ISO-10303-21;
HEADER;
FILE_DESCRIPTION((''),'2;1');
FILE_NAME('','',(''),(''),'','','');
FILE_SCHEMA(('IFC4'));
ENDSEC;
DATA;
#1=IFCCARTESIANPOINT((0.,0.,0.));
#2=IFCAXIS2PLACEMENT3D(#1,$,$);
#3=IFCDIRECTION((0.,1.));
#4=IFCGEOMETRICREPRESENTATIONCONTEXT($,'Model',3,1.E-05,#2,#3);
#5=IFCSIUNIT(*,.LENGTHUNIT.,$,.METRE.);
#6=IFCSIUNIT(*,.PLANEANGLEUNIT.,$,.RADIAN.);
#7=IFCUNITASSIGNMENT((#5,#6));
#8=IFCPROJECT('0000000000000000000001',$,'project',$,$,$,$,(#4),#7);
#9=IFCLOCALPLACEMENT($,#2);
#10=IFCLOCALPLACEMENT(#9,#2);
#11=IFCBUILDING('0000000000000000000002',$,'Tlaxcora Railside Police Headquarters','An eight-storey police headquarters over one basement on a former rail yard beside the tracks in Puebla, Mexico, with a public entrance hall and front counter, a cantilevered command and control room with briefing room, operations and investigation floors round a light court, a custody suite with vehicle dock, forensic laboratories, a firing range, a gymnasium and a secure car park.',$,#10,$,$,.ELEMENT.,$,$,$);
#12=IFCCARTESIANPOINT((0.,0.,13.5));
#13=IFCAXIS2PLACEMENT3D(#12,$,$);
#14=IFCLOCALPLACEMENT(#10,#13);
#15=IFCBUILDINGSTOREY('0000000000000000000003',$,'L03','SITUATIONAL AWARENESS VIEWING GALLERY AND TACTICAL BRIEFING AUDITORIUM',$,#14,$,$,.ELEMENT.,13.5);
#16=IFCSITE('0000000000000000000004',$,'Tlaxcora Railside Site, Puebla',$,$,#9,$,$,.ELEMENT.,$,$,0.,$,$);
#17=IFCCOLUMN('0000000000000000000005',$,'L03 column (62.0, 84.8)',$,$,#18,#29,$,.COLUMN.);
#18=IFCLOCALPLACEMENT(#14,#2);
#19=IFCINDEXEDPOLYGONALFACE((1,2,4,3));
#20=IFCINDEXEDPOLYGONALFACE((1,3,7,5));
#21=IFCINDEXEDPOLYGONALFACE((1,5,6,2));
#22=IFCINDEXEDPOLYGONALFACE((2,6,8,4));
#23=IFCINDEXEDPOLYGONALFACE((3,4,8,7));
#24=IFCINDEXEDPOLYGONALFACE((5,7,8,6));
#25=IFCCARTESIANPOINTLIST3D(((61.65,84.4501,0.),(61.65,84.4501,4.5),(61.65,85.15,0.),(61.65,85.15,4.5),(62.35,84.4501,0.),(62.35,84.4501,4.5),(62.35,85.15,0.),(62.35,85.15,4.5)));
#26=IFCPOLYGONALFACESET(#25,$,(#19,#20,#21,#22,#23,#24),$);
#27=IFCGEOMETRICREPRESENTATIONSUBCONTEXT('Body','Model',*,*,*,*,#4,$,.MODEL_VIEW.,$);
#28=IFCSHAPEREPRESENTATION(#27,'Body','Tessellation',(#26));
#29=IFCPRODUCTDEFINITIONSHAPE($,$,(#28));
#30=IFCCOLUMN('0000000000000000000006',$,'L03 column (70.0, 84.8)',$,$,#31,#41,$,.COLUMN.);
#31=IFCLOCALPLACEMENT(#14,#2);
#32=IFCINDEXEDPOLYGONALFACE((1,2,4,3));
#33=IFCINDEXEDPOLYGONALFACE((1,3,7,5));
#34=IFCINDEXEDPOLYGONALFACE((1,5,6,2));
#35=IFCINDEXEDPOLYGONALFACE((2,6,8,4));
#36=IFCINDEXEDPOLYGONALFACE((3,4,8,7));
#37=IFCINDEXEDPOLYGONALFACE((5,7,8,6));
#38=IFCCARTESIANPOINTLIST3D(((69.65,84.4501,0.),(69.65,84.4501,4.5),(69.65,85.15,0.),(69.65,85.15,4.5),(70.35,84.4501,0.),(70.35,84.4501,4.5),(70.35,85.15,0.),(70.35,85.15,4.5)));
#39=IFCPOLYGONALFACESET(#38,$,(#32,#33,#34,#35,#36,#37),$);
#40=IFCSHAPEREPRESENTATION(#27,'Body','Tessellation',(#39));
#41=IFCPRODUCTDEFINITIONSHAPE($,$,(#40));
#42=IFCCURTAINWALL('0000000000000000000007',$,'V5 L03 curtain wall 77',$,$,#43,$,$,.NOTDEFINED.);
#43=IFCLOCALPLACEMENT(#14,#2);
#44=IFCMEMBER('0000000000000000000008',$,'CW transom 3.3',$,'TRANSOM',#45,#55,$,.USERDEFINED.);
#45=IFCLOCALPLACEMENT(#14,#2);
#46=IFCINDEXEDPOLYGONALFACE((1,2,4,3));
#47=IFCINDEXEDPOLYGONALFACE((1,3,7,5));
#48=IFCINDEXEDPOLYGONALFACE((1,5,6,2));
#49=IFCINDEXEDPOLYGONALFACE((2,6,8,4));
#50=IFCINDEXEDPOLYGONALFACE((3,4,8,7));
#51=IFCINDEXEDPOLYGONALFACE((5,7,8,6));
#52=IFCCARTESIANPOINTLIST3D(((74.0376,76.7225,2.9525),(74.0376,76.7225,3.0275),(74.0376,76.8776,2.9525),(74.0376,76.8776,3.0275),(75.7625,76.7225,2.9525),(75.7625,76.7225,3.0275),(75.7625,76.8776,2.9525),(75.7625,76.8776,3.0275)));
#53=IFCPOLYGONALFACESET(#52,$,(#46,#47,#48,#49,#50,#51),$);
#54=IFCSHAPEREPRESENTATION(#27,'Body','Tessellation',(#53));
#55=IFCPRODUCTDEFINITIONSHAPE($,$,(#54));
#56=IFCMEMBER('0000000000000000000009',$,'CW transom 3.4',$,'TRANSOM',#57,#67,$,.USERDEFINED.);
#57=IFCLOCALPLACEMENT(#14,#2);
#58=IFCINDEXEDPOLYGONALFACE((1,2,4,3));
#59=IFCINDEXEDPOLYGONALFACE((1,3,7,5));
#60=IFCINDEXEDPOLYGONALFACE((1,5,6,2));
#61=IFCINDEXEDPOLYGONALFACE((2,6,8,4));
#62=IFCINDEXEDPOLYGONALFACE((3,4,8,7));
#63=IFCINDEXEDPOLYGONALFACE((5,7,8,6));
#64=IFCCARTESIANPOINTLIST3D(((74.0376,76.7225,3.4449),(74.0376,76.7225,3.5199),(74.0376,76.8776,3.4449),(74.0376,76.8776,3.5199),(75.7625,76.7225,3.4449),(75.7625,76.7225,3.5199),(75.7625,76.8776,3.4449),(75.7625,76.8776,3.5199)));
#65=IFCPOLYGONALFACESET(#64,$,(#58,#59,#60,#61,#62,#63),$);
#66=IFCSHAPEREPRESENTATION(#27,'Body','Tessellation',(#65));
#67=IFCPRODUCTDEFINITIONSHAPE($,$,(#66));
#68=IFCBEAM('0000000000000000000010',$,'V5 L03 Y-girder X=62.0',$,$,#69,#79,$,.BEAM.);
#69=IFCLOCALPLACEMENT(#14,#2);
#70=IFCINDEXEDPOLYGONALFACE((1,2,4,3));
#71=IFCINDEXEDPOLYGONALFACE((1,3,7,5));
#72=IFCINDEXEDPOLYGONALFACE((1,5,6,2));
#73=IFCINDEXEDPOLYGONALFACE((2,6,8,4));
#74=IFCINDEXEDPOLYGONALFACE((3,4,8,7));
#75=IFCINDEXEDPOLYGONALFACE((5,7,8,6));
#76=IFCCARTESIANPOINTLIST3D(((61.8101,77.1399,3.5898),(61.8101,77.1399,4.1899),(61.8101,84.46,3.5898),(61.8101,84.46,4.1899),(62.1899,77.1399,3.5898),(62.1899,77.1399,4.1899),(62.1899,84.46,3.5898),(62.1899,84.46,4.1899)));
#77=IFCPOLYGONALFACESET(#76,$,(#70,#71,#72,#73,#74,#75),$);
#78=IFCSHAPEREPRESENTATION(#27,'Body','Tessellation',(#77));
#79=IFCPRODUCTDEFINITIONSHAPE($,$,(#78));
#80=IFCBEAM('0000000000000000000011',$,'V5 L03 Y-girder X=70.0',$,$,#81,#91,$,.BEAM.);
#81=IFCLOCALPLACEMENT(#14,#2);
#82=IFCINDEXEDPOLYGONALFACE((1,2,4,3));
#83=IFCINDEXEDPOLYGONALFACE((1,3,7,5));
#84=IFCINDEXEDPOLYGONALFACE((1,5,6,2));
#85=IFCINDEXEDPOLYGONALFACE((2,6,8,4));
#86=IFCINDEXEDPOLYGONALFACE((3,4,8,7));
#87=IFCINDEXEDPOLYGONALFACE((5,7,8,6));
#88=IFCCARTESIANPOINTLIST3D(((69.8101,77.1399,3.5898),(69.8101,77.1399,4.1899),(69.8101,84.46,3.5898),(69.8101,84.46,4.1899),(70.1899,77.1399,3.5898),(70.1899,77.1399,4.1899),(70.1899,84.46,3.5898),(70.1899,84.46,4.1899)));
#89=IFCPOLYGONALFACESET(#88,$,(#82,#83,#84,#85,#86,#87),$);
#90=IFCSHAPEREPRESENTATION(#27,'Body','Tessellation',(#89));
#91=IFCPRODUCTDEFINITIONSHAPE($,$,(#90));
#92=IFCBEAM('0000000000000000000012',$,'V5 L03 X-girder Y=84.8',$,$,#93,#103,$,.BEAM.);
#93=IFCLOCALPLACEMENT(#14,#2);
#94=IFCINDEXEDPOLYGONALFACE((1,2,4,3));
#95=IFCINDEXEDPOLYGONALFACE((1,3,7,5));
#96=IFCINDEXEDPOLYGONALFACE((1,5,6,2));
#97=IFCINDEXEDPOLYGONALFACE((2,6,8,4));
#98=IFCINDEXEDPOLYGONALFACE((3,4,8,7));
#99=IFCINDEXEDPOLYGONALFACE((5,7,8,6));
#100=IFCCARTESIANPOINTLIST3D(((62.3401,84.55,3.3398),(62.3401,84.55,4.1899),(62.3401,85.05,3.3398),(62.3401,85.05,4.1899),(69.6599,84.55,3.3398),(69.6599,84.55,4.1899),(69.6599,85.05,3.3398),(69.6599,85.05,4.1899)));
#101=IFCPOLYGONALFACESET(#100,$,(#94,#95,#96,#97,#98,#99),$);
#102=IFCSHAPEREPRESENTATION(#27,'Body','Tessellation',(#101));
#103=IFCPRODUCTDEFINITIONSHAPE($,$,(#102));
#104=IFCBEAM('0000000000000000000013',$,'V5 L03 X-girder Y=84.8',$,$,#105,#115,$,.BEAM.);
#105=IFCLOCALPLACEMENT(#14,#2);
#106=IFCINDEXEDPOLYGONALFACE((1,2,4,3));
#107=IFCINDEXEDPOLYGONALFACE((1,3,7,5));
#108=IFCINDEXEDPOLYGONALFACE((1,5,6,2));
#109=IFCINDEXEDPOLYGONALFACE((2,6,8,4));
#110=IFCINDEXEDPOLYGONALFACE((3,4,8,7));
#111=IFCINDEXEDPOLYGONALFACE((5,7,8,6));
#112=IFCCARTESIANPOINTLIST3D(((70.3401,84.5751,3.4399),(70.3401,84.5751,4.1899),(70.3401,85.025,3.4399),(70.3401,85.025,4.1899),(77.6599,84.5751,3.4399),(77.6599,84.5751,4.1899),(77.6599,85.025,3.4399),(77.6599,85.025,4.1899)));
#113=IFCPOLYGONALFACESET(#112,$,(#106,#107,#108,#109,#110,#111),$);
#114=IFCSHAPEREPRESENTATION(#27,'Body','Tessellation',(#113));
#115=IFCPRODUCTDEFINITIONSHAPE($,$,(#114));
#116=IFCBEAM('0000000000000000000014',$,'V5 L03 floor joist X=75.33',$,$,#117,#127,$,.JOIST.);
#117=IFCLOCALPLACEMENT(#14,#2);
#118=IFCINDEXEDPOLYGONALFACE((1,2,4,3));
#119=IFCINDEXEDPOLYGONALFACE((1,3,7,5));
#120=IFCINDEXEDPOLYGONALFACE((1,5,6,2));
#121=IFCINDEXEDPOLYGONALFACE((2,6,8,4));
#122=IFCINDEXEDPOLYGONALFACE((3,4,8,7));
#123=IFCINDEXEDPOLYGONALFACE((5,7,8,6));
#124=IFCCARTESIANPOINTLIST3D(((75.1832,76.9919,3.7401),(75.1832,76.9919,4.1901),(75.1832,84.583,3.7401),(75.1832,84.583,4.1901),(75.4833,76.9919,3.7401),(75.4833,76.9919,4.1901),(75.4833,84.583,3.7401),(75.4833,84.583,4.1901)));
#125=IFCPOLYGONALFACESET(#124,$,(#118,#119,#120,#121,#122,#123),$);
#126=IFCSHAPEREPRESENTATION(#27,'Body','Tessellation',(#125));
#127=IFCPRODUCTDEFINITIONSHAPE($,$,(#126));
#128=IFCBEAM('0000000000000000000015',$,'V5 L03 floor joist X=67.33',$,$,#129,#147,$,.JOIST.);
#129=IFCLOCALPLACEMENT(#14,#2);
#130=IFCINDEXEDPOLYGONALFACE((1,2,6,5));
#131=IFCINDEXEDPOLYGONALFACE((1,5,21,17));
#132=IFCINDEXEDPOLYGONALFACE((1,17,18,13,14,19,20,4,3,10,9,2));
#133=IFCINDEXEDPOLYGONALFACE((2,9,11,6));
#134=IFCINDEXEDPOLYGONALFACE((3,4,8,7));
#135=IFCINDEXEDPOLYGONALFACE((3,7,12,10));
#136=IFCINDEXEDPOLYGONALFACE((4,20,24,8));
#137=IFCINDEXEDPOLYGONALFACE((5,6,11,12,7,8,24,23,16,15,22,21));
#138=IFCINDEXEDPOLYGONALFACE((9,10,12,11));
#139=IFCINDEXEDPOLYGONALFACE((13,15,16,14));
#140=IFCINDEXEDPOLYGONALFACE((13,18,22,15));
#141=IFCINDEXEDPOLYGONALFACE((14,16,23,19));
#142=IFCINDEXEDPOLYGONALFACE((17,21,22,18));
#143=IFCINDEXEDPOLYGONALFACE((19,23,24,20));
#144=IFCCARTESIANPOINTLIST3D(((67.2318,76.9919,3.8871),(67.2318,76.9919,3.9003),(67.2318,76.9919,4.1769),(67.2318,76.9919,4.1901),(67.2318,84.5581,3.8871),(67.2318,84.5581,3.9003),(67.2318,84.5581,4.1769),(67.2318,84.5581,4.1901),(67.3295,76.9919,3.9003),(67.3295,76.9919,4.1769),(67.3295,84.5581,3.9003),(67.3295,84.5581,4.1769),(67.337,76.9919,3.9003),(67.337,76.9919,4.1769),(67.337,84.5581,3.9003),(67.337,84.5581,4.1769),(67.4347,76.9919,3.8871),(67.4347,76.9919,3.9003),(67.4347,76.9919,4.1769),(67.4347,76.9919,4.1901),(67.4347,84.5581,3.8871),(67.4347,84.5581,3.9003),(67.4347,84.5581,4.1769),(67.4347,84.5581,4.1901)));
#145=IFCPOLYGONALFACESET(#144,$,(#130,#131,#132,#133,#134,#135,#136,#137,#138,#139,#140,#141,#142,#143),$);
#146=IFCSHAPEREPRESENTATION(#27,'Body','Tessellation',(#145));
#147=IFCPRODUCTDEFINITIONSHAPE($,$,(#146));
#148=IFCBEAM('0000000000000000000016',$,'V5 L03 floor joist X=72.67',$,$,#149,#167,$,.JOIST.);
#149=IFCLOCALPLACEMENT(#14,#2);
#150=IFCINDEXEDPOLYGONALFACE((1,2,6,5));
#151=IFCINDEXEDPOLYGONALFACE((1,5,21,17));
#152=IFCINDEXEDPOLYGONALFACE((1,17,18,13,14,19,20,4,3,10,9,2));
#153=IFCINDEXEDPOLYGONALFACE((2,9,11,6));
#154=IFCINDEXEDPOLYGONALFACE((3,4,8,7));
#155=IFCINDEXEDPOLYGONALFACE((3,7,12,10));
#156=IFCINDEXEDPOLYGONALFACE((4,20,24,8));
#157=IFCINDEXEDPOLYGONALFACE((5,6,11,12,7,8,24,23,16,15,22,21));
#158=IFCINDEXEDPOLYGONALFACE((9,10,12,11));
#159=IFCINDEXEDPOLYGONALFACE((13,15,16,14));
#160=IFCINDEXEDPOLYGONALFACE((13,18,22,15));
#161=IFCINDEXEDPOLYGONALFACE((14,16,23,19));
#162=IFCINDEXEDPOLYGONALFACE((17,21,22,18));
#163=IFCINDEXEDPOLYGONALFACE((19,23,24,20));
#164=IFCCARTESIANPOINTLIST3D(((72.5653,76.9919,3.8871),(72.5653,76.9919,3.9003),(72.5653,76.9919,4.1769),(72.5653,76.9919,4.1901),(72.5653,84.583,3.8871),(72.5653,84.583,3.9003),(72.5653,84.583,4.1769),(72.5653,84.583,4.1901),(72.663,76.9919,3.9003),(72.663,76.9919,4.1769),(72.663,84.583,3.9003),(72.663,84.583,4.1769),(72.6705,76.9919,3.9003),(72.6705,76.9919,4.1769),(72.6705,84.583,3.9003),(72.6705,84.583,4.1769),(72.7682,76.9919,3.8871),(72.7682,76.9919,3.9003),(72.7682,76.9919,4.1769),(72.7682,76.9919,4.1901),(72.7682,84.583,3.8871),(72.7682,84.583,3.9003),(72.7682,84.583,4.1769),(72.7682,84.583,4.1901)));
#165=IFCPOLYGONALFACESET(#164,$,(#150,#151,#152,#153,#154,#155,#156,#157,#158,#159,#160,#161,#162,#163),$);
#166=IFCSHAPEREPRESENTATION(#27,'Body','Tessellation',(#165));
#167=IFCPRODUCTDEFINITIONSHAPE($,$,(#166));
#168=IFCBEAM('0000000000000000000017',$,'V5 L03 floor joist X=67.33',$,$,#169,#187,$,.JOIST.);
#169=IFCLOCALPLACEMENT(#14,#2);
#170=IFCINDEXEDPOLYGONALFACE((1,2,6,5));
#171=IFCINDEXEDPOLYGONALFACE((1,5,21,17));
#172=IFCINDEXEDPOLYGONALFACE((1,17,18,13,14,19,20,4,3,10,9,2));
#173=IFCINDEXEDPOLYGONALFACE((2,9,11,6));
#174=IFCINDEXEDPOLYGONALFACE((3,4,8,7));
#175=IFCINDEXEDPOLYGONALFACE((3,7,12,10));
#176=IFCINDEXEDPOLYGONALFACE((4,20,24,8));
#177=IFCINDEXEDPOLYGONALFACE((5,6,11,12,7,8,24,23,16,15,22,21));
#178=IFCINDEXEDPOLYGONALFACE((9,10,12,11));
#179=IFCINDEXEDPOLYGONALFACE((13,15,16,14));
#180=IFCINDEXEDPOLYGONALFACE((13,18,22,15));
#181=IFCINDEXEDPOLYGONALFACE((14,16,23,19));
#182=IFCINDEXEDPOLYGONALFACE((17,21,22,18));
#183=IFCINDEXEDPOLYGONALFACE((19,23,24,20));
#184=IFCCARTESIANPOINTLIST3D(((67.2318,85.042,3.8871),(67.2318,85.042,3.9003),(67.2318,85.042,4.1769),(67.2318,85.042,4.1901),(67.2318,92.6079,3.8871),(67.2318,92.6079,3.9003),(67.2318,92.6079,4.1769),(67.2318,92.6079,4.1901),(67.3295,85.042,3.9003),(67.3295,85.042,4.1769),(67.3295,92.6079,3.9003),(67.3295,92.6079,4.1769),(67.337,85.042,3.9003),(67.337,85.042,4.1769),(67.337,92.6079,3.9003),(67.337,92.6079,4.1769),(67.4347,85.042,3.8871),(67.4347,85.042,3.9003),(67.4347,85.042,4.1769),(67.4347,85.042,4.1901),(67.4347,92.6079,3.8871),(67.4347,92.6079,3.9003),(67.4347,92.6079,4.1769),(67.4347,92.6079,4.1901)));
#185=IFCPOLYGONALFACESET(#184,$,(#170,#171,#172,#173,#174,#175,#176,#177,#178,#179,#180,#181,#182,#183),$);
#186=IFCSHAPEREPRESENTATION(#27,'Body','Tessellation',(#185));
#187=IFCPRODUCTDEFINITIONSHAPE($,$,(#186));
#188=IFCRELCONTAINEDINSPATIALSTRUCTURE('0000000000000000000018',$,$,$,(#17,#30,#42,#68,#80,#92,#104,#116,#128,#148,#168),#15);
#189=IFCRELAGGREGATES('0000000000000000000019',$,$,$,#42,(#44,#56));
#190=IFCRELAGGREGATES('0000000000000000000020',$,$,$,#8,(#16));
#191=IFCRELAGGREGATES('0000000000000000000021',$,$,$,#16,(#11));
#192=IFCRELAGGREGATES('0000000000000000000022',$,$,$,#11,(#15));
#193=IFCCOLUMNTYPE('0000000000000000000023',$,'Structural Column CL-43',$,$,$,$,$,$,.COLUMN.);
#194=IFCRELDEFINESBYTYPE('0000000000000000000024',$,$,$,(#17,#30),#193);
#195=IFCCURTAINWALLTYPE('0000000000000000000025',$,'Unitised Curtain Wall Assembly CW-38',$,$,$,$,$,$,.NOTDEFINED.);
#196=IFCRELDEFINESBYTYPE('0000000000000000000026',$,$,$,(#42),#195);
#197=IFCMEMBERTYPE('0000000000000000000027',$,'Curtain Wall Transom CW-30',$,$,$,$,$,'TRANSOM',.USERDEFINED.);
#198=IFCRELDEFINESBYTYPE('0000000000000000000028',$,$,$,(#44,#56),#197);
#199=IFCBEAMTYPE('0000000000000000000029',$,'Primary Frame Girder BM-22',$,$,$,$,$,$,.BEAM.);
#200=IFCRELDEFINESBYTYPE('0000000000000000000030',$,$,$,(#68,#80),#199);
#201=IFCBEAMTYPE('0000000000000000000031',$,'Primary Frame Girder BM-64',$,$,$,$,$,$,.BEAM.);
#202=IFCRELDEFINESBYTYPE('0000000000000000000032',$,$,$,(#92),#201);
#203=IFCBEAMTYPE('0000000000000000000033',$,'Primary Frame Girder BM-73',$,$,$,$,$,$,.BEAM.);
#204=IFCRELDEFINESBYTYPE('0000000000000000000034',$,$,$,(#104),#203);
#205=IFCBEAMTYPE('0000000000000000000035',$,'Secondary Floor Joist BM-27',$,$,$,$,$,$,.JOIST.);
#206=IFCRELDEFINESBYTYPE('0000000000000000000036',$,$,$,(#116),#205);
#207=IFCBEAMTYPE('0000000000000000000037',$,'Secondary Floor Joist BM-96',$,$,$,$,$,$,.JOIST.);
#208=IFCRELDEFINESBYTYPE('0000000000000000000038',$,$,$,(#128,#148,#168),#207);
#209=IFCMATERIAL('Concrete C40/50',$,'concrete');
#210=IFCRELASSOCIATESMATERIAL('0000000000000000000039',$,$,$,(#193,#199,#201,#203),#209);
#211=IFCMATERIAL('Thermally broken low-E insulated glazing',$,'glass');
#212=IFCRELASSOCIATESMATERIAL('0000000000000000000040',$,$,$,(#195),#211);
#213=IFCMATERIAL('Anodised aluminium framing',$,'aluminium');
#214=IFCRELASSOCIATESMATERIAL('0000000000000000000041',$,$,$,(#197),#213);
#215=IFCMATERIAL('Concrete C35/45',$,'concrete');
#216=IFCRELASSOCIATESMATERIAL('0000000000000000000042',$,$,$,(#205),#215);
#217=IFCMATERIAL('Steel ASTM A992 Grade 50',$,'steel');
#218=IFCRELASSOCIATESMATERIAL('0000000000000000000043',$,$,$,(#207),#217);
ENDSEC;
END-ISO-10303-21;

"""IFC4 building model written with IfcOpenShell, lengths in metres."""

from ifc_helpers import new_model, si_unit, direction, frame, origin, origin_2d, place, context, subcontext, project, spatial, rectangle, i_section, extrude, material, material_profile, profile_set, type_object, element, aggregate, save


model = new_model("IFC4")

# Units and contexts
model_context = context("Model", 3, precision=1e-05, world=origin(), true_north=direction((0.0, 1.0)))
body_context = subcontext(model_context, "Body", "Model", "MODEL_VIEW")
ifc_project = project(units=[si_unit("LENGTHUNIT", "METRE"), si_unit("PLANEANGLEUNIT", "RADIAN")], contexts=[model_context])

# Site, building, storey
site_placement = place(None, origin())
site = spatial("IfcSite", under=ifc_project, at=site_placement, Name="Tlaxcora Railside Site, Puebla", CompositionType="ELEMENT", RefElevation=0.0)
building_placement = place(site_placement, origin())
building = spatial("IfcBuilding", under=site, at=building_placement, Name="Tlaxcora Railside Police Headquarters", Description="An eight-storey police headquarters over one basement on a former rail yard beside the tracks in Puebla, Mexico, with a public entrance hall and front counter, a cantilevered command and control room with briefing room, operations and investigation floors round a light court, a custody suite with vehicle dock, forensic laboratories, a firing range, a gymnasium and a secure car park.", CompositionType="ELEMENT")
storey_placement = place(building_placement, frame((0.0, 0.0, 13.5)))
storey = spatial("IfcBuildingStorey", under=building, at=storey_placement, Name="L03", Description="SITUATIONAL AWARENESS VIEWING GALLERY AND TACTICAL BRIEFING AUDITORIUM", CompositionType="ELEMENT", Elevation=13.5)

# Columns
ifc_material_1 = material(Name="Concrete C40/50", Category="concrete")
ifc_material_profile_1 = material_profile(ifc_material_1, rectangle(XDim=0.7, YDim=0.7, at=origin_2d()), Name="RC700X700")
ifc_profile_set_1 = profile_set([ifc_material_profile_1], Name="Concrete C40/50")
column_type = type_object("IfcColumnType", Name="Structural Column CL-43", PredefinedType="COLUMN", material=ifc_profile_set_1)
for number, where, z_axis, x_axis, name in (
    (1, (62.0, 84.8, 0.0), (0.0, 0.0, 1.0), (1.0, 0.0, 0.0), "L03 column (62.0, 84.8)"),
    (2, (70.0, 84.8, 0.0), (0.0, 0.0, 1.0), (1.0, 0.0, 0.0), "L03 column (70.0, 84.8)"),
):
    element("IfcColumn", number, at=place(storey_placement, frame(where, z_axis=z_axis, x_axis=x_axis)), inside=storey, type_object=column_type, Name=name, PredefinedType="COLUMN", context=body_context, shape_type="SweptSolid", body=[
        extrude(rectangle(XDim=0.7, YDim=0.7, at=origin_2d()), origin(), (0.0, 0.0, 1.0), 4.5),
    ])

# Curtain wall, members
ifc_material_2 = material(Name="Thermally broken low-E insulated glazing", Category="glass")
curtain_wall_type = type_object("IfcCurtainWallType", Name="Unitised Curtain Wall Assembly CW-38", PredefinedType="NOTDEFINED", material=ifc_material_2)
curtain_wall_placement = place(storey_placement, origin())
curtain_wall = element("IfcCurtainWall", 3, at=curtain_wall_placement, inside=storey, type_object=curtain_wall_type, Name="V5 L03 curtain wall 77", PredefinedType="NOTDEFINED")
ifc_material_3 = material(Name="Anodised aluminium framing", Category="aluminium")
ifc_material_profile_2 = material_profile(ifc_material_3, rectangle(XDim=0.155, YDim=0.075, at=origin_2d()), Name="AL75X155")
ifc_profile_set_2 = profile_set([ifc_material_profile_2], Name="Anodised aluminium framing")
member_type = type_object("IfcMemberType", Name="Curtain Wall Transom CW-30", ElementType="TRANSOM", PredefinedType="USERDEFINED", material=ifc_profile_set_2)
member_1_placement = place(storey_placement, frame((74.0376, 76.8, 2.99), z_axis=(1.0, 0.0, 0.0), x_axis=(0.0, 1.0, 0.0)))
member_1 = element("IfcMember", 4, at=member_1_placement, type_object=member_type, Name="CW transom 3.3", ObjectType="TRANSOM", PredefinedType="USERDEFINED", context=body_context, shape_type="SweptSolid", body=[
    extrude(rectangle(XDim=0.155, YDim=0.075, at=origin_2d()), origin(), (0.0, 0.0, 1.0), 1.7249),
])
member_2_placement = place(storey_placement, frame((74.0376, 76.8, 3.4824), z_axis=(1.0, 0.0, 0.0), x_axis=(0.0, 1.0, 0.0)))
member_2 = element("IfcMember", 5, at=member_2_placement, type_object=member_type, Name="CW transom 3.4", ObjectType="TRANSOM", PredefinedType="USERDEFINED", context=body_context, shape_type="SweptSolid", body=[
    extrude(rectangle(XDim=0.155, YDim=0.075, at=origin_2d()), origin(), (0.0, 0.0, 1.0), 1.7249),
])

# Beams
ifc_material_profile_3 = material_profile(ifc_material_1, rectangle(XDim=0.3799, YDim=0.6001, at=origin_2d()), Name="RC380X600")
ifc_profile_set_3 = profile_set([ifc_material_profile_3], Name="Concrete C40/50")
beam_type_1 = type_object("IfcBeamType", Name="Primary Frame Girder BM-22", PredefinedType="BEAM", material=ifc_profile_set_3)
for number, where, z_axis, x_axis, name in (
    (6, (62.0, 77.1399, 3.8899), (0.0, 1.0, 0.0), (-1.0, 0.0, 0.0), "V5 L03 Y-girder X=62.0"),
    (7, (70.0, 77.1399, 3.8899), (0.0, 1.0, 0.0), (-1.0, 0.0, 0.0), "V5 L03 Y-girder X=70.0"),
):
    element("IfcBeam", number, at=place(storey_placement, frame(where, z_axis=z_axis, x_axis=x_axis)), inside=storey, type_object=beam_type_1, Name=name, PredefinedType="BEAM", context=body_context, shape_type="SweptSolid", body=[
        extrude(rectangle(XDim=0.3799, YDim=0.6001, at=origin_2d()), origin(), (0.0, 0.0, 1.0), 7.3201),
    ])
ifc_material_profile_4 = material_profile(ifc_material_1, rectangle(XDim=0.5, YDim=0.8501, at=origin_2d()), Name="RC500X850")
ifc_profile_set_4 = profile_set([ifc_material_profile_4], Name="Concrete C40/50")
beam_type_2 = type_object("IfcBeamType", Name="Primary Frame Girder BM-64", PredefinedType="BEAM", material=ifc_profile_set_4)
beam_1_placement = place(storey_placement, frame((62.3401, 84.8, 3.7649), z_axis=(1.0, 0.0, 0.0), x_axis=(0.0, 1.0, 0.0)))
element("IfcBeam", 8, at=beam_1_placement, inside=storey, type_object=beam_type_2, Name="V5 L03 X-girder Y=84.8", PredefinedType="BEAM", context=body_context, shape_type="SweptSolid", body=[
    extrude(rectangle(XDim=0.5, YDim=0.8501, at=origin_2d()), origin(), (0.0, 0.0, 1.0), 7.3198),
])
ifc_material_profile_5 = material_profile(ifc_material_1, rectangle(XDim=0.45, YDim=0.75, at=origin_2d()), Name="RC450X750")
ifc_profile_set_5 = profile_set([ifc_material_profile_5], Name="Concrete C40/50")
beam_type_3 = type_object("IfcBeamType", Name="Primary Frame Girder BM-73", PredefinedType="BEAM", material=ifc_profile_set_5)
beam_2_placement = place(storey_placement, frame((70.3401, 84.8, 3.8149), z_axis=(1.0, 0.0, 0.0), x_axis=(0.0, 1.0, 0.0)))
element("IfcBeam", 9, at=beam_2_placement, inside=storey, type_object=beam_type_3, Name="V5 L03 X-girder Y=84.8", PredefinedType="BEAM", context=body_context, shape_type="SweptSolid", body=[
    extrude(rectangle(XDim=0.45, YDim=0.75, at=origin_2d()), origin(), (0.0, 0.0, 1.0), 7.3198),
])
ifc_material_4 = material(Name="Concrete C35/45", Category="concrete")
ifc_material_profile_6 = material_profile(ifc_material_4, rectangle(XDim=0.3, YDim=0.45, at=origin_2d()), Name="RC300X450")
ifc_profile_set_6 = profile_set([ifc_material_profile_6], Name="Concrete C35/45")
beam_type_4 = type_object("IfcBeamType", Name="Secondary Floor Joist BM-27", PredefinedType="JOIST", material=ifc_profile_set_6)
beam_3_placement = place(storey_placement, frame((75.3333, 76.9919, 3.9651), z_axis=(0.0, 1.0, 0.0), x_axis=(-1.0, 0.0, 0.0)))
element("IfcBeam", 10, at=beam_3_placement, inside=storey, type_object=beam_type_4, Name="V5 L03 floor joist X=75.33", PredefinedType="JOIST", context=body_context, shape_type="SweptSolid", body=[
    extrude(rectangle(XDim=0.3, YDim=0.45, at=origin_2d()), origin(), (0.0, 0.0, 1.0), 7.5911),
])
ifc_material_5 = material(Name="Steel ASTM A992 Grade 50", Category="steel")
ifc_material_profile_7 = material_profile(ifc_material_5, i_section(OverallWidth=0.2029, OverallDepth=0.303, WebThickness=0.0076, FlangeThickness=0.0132, at=origin_2d()), Name="W12X40")
ifc_profile_set_7 = profile_set([ifc_material_profile_7], Name="Steel ASTM A992 Grade 50")
beam_type_5 = type_object("IfcBeamType", Name="Secondary Floor Joist BM-96", PredefinedType="JOIST", material=ifc_profile_set_7)
beam_4_placement = place(storey_placement, frame((67.3333, 76.9919, 4.0386), z_axis=(0.0, 1.0, 0.0), x_axis=(-1.0, 0.0, 0.0)))
element("IfcBeam", 11, at=beam_4_placement, inside=storey, type_object=beam_type_5, Name="V5 L03 floor joist X=67.33", PredefinedType="JOIST", context=body_context, shape_type="SweptSolid", body=[
    extrude(i_section(OverallWidth=0.2029, OverallDepth=0.303, WebThickness=0.0076, FlangeThickness=0.0132, at=origin_2d()), origin(), (0.0, 0.0, 1.0), 7.5662),
])
beam_5_placement = place(storey_placement, frame((72.6667, 76.9919, 4.0386), z_axis=(0.0, 1.0, 0.0), x_axis=(-1.0, 0.0, 0.0)))
element("IfcBeam", 12, at=beam_5_placement, inside=storey, type_object=beam_type_5, Name="V5 L03 floor joist X=72.67", PredefinedType="JOIST", context=body_context, shape_type="SweptSolid", body=[
    extrude(i_section(OverallWidth=0.2029, OverallDepth=0.303, WebThickness=0.0076, FlangeThickness=0.0132, at=origin_2d()), origin(), (0.0, 0.0, 1.0), 7.5911),
])
beam_6_placement = place(storey_placement, frame((67.3333, 85.042, 4.0386), z_axis=(0.0, 1.0, 0.0), x_axis=(-1.0, 0.0, 0.0)))
element("IfcBeam", 13, at=beam_6_placement, inside=storey, type_object=beam_type_5, Name="V5 L03 floor joist X=67.33", PredefinedType="JOIST", context=body_context, shape_type="SweptSolid", body=[
    extrude(i_section(OverallWidth=0.2029, OverallDepth=0.303, WebThickness=0.0076, FlangeThickness=0.0132, at=origin_2d()), origin(), (0.0, 0.0, 1.0), 7.5659),
])

aggregate(curtain_wall, [member_1, member_2])

save(model, "model.ifc")
